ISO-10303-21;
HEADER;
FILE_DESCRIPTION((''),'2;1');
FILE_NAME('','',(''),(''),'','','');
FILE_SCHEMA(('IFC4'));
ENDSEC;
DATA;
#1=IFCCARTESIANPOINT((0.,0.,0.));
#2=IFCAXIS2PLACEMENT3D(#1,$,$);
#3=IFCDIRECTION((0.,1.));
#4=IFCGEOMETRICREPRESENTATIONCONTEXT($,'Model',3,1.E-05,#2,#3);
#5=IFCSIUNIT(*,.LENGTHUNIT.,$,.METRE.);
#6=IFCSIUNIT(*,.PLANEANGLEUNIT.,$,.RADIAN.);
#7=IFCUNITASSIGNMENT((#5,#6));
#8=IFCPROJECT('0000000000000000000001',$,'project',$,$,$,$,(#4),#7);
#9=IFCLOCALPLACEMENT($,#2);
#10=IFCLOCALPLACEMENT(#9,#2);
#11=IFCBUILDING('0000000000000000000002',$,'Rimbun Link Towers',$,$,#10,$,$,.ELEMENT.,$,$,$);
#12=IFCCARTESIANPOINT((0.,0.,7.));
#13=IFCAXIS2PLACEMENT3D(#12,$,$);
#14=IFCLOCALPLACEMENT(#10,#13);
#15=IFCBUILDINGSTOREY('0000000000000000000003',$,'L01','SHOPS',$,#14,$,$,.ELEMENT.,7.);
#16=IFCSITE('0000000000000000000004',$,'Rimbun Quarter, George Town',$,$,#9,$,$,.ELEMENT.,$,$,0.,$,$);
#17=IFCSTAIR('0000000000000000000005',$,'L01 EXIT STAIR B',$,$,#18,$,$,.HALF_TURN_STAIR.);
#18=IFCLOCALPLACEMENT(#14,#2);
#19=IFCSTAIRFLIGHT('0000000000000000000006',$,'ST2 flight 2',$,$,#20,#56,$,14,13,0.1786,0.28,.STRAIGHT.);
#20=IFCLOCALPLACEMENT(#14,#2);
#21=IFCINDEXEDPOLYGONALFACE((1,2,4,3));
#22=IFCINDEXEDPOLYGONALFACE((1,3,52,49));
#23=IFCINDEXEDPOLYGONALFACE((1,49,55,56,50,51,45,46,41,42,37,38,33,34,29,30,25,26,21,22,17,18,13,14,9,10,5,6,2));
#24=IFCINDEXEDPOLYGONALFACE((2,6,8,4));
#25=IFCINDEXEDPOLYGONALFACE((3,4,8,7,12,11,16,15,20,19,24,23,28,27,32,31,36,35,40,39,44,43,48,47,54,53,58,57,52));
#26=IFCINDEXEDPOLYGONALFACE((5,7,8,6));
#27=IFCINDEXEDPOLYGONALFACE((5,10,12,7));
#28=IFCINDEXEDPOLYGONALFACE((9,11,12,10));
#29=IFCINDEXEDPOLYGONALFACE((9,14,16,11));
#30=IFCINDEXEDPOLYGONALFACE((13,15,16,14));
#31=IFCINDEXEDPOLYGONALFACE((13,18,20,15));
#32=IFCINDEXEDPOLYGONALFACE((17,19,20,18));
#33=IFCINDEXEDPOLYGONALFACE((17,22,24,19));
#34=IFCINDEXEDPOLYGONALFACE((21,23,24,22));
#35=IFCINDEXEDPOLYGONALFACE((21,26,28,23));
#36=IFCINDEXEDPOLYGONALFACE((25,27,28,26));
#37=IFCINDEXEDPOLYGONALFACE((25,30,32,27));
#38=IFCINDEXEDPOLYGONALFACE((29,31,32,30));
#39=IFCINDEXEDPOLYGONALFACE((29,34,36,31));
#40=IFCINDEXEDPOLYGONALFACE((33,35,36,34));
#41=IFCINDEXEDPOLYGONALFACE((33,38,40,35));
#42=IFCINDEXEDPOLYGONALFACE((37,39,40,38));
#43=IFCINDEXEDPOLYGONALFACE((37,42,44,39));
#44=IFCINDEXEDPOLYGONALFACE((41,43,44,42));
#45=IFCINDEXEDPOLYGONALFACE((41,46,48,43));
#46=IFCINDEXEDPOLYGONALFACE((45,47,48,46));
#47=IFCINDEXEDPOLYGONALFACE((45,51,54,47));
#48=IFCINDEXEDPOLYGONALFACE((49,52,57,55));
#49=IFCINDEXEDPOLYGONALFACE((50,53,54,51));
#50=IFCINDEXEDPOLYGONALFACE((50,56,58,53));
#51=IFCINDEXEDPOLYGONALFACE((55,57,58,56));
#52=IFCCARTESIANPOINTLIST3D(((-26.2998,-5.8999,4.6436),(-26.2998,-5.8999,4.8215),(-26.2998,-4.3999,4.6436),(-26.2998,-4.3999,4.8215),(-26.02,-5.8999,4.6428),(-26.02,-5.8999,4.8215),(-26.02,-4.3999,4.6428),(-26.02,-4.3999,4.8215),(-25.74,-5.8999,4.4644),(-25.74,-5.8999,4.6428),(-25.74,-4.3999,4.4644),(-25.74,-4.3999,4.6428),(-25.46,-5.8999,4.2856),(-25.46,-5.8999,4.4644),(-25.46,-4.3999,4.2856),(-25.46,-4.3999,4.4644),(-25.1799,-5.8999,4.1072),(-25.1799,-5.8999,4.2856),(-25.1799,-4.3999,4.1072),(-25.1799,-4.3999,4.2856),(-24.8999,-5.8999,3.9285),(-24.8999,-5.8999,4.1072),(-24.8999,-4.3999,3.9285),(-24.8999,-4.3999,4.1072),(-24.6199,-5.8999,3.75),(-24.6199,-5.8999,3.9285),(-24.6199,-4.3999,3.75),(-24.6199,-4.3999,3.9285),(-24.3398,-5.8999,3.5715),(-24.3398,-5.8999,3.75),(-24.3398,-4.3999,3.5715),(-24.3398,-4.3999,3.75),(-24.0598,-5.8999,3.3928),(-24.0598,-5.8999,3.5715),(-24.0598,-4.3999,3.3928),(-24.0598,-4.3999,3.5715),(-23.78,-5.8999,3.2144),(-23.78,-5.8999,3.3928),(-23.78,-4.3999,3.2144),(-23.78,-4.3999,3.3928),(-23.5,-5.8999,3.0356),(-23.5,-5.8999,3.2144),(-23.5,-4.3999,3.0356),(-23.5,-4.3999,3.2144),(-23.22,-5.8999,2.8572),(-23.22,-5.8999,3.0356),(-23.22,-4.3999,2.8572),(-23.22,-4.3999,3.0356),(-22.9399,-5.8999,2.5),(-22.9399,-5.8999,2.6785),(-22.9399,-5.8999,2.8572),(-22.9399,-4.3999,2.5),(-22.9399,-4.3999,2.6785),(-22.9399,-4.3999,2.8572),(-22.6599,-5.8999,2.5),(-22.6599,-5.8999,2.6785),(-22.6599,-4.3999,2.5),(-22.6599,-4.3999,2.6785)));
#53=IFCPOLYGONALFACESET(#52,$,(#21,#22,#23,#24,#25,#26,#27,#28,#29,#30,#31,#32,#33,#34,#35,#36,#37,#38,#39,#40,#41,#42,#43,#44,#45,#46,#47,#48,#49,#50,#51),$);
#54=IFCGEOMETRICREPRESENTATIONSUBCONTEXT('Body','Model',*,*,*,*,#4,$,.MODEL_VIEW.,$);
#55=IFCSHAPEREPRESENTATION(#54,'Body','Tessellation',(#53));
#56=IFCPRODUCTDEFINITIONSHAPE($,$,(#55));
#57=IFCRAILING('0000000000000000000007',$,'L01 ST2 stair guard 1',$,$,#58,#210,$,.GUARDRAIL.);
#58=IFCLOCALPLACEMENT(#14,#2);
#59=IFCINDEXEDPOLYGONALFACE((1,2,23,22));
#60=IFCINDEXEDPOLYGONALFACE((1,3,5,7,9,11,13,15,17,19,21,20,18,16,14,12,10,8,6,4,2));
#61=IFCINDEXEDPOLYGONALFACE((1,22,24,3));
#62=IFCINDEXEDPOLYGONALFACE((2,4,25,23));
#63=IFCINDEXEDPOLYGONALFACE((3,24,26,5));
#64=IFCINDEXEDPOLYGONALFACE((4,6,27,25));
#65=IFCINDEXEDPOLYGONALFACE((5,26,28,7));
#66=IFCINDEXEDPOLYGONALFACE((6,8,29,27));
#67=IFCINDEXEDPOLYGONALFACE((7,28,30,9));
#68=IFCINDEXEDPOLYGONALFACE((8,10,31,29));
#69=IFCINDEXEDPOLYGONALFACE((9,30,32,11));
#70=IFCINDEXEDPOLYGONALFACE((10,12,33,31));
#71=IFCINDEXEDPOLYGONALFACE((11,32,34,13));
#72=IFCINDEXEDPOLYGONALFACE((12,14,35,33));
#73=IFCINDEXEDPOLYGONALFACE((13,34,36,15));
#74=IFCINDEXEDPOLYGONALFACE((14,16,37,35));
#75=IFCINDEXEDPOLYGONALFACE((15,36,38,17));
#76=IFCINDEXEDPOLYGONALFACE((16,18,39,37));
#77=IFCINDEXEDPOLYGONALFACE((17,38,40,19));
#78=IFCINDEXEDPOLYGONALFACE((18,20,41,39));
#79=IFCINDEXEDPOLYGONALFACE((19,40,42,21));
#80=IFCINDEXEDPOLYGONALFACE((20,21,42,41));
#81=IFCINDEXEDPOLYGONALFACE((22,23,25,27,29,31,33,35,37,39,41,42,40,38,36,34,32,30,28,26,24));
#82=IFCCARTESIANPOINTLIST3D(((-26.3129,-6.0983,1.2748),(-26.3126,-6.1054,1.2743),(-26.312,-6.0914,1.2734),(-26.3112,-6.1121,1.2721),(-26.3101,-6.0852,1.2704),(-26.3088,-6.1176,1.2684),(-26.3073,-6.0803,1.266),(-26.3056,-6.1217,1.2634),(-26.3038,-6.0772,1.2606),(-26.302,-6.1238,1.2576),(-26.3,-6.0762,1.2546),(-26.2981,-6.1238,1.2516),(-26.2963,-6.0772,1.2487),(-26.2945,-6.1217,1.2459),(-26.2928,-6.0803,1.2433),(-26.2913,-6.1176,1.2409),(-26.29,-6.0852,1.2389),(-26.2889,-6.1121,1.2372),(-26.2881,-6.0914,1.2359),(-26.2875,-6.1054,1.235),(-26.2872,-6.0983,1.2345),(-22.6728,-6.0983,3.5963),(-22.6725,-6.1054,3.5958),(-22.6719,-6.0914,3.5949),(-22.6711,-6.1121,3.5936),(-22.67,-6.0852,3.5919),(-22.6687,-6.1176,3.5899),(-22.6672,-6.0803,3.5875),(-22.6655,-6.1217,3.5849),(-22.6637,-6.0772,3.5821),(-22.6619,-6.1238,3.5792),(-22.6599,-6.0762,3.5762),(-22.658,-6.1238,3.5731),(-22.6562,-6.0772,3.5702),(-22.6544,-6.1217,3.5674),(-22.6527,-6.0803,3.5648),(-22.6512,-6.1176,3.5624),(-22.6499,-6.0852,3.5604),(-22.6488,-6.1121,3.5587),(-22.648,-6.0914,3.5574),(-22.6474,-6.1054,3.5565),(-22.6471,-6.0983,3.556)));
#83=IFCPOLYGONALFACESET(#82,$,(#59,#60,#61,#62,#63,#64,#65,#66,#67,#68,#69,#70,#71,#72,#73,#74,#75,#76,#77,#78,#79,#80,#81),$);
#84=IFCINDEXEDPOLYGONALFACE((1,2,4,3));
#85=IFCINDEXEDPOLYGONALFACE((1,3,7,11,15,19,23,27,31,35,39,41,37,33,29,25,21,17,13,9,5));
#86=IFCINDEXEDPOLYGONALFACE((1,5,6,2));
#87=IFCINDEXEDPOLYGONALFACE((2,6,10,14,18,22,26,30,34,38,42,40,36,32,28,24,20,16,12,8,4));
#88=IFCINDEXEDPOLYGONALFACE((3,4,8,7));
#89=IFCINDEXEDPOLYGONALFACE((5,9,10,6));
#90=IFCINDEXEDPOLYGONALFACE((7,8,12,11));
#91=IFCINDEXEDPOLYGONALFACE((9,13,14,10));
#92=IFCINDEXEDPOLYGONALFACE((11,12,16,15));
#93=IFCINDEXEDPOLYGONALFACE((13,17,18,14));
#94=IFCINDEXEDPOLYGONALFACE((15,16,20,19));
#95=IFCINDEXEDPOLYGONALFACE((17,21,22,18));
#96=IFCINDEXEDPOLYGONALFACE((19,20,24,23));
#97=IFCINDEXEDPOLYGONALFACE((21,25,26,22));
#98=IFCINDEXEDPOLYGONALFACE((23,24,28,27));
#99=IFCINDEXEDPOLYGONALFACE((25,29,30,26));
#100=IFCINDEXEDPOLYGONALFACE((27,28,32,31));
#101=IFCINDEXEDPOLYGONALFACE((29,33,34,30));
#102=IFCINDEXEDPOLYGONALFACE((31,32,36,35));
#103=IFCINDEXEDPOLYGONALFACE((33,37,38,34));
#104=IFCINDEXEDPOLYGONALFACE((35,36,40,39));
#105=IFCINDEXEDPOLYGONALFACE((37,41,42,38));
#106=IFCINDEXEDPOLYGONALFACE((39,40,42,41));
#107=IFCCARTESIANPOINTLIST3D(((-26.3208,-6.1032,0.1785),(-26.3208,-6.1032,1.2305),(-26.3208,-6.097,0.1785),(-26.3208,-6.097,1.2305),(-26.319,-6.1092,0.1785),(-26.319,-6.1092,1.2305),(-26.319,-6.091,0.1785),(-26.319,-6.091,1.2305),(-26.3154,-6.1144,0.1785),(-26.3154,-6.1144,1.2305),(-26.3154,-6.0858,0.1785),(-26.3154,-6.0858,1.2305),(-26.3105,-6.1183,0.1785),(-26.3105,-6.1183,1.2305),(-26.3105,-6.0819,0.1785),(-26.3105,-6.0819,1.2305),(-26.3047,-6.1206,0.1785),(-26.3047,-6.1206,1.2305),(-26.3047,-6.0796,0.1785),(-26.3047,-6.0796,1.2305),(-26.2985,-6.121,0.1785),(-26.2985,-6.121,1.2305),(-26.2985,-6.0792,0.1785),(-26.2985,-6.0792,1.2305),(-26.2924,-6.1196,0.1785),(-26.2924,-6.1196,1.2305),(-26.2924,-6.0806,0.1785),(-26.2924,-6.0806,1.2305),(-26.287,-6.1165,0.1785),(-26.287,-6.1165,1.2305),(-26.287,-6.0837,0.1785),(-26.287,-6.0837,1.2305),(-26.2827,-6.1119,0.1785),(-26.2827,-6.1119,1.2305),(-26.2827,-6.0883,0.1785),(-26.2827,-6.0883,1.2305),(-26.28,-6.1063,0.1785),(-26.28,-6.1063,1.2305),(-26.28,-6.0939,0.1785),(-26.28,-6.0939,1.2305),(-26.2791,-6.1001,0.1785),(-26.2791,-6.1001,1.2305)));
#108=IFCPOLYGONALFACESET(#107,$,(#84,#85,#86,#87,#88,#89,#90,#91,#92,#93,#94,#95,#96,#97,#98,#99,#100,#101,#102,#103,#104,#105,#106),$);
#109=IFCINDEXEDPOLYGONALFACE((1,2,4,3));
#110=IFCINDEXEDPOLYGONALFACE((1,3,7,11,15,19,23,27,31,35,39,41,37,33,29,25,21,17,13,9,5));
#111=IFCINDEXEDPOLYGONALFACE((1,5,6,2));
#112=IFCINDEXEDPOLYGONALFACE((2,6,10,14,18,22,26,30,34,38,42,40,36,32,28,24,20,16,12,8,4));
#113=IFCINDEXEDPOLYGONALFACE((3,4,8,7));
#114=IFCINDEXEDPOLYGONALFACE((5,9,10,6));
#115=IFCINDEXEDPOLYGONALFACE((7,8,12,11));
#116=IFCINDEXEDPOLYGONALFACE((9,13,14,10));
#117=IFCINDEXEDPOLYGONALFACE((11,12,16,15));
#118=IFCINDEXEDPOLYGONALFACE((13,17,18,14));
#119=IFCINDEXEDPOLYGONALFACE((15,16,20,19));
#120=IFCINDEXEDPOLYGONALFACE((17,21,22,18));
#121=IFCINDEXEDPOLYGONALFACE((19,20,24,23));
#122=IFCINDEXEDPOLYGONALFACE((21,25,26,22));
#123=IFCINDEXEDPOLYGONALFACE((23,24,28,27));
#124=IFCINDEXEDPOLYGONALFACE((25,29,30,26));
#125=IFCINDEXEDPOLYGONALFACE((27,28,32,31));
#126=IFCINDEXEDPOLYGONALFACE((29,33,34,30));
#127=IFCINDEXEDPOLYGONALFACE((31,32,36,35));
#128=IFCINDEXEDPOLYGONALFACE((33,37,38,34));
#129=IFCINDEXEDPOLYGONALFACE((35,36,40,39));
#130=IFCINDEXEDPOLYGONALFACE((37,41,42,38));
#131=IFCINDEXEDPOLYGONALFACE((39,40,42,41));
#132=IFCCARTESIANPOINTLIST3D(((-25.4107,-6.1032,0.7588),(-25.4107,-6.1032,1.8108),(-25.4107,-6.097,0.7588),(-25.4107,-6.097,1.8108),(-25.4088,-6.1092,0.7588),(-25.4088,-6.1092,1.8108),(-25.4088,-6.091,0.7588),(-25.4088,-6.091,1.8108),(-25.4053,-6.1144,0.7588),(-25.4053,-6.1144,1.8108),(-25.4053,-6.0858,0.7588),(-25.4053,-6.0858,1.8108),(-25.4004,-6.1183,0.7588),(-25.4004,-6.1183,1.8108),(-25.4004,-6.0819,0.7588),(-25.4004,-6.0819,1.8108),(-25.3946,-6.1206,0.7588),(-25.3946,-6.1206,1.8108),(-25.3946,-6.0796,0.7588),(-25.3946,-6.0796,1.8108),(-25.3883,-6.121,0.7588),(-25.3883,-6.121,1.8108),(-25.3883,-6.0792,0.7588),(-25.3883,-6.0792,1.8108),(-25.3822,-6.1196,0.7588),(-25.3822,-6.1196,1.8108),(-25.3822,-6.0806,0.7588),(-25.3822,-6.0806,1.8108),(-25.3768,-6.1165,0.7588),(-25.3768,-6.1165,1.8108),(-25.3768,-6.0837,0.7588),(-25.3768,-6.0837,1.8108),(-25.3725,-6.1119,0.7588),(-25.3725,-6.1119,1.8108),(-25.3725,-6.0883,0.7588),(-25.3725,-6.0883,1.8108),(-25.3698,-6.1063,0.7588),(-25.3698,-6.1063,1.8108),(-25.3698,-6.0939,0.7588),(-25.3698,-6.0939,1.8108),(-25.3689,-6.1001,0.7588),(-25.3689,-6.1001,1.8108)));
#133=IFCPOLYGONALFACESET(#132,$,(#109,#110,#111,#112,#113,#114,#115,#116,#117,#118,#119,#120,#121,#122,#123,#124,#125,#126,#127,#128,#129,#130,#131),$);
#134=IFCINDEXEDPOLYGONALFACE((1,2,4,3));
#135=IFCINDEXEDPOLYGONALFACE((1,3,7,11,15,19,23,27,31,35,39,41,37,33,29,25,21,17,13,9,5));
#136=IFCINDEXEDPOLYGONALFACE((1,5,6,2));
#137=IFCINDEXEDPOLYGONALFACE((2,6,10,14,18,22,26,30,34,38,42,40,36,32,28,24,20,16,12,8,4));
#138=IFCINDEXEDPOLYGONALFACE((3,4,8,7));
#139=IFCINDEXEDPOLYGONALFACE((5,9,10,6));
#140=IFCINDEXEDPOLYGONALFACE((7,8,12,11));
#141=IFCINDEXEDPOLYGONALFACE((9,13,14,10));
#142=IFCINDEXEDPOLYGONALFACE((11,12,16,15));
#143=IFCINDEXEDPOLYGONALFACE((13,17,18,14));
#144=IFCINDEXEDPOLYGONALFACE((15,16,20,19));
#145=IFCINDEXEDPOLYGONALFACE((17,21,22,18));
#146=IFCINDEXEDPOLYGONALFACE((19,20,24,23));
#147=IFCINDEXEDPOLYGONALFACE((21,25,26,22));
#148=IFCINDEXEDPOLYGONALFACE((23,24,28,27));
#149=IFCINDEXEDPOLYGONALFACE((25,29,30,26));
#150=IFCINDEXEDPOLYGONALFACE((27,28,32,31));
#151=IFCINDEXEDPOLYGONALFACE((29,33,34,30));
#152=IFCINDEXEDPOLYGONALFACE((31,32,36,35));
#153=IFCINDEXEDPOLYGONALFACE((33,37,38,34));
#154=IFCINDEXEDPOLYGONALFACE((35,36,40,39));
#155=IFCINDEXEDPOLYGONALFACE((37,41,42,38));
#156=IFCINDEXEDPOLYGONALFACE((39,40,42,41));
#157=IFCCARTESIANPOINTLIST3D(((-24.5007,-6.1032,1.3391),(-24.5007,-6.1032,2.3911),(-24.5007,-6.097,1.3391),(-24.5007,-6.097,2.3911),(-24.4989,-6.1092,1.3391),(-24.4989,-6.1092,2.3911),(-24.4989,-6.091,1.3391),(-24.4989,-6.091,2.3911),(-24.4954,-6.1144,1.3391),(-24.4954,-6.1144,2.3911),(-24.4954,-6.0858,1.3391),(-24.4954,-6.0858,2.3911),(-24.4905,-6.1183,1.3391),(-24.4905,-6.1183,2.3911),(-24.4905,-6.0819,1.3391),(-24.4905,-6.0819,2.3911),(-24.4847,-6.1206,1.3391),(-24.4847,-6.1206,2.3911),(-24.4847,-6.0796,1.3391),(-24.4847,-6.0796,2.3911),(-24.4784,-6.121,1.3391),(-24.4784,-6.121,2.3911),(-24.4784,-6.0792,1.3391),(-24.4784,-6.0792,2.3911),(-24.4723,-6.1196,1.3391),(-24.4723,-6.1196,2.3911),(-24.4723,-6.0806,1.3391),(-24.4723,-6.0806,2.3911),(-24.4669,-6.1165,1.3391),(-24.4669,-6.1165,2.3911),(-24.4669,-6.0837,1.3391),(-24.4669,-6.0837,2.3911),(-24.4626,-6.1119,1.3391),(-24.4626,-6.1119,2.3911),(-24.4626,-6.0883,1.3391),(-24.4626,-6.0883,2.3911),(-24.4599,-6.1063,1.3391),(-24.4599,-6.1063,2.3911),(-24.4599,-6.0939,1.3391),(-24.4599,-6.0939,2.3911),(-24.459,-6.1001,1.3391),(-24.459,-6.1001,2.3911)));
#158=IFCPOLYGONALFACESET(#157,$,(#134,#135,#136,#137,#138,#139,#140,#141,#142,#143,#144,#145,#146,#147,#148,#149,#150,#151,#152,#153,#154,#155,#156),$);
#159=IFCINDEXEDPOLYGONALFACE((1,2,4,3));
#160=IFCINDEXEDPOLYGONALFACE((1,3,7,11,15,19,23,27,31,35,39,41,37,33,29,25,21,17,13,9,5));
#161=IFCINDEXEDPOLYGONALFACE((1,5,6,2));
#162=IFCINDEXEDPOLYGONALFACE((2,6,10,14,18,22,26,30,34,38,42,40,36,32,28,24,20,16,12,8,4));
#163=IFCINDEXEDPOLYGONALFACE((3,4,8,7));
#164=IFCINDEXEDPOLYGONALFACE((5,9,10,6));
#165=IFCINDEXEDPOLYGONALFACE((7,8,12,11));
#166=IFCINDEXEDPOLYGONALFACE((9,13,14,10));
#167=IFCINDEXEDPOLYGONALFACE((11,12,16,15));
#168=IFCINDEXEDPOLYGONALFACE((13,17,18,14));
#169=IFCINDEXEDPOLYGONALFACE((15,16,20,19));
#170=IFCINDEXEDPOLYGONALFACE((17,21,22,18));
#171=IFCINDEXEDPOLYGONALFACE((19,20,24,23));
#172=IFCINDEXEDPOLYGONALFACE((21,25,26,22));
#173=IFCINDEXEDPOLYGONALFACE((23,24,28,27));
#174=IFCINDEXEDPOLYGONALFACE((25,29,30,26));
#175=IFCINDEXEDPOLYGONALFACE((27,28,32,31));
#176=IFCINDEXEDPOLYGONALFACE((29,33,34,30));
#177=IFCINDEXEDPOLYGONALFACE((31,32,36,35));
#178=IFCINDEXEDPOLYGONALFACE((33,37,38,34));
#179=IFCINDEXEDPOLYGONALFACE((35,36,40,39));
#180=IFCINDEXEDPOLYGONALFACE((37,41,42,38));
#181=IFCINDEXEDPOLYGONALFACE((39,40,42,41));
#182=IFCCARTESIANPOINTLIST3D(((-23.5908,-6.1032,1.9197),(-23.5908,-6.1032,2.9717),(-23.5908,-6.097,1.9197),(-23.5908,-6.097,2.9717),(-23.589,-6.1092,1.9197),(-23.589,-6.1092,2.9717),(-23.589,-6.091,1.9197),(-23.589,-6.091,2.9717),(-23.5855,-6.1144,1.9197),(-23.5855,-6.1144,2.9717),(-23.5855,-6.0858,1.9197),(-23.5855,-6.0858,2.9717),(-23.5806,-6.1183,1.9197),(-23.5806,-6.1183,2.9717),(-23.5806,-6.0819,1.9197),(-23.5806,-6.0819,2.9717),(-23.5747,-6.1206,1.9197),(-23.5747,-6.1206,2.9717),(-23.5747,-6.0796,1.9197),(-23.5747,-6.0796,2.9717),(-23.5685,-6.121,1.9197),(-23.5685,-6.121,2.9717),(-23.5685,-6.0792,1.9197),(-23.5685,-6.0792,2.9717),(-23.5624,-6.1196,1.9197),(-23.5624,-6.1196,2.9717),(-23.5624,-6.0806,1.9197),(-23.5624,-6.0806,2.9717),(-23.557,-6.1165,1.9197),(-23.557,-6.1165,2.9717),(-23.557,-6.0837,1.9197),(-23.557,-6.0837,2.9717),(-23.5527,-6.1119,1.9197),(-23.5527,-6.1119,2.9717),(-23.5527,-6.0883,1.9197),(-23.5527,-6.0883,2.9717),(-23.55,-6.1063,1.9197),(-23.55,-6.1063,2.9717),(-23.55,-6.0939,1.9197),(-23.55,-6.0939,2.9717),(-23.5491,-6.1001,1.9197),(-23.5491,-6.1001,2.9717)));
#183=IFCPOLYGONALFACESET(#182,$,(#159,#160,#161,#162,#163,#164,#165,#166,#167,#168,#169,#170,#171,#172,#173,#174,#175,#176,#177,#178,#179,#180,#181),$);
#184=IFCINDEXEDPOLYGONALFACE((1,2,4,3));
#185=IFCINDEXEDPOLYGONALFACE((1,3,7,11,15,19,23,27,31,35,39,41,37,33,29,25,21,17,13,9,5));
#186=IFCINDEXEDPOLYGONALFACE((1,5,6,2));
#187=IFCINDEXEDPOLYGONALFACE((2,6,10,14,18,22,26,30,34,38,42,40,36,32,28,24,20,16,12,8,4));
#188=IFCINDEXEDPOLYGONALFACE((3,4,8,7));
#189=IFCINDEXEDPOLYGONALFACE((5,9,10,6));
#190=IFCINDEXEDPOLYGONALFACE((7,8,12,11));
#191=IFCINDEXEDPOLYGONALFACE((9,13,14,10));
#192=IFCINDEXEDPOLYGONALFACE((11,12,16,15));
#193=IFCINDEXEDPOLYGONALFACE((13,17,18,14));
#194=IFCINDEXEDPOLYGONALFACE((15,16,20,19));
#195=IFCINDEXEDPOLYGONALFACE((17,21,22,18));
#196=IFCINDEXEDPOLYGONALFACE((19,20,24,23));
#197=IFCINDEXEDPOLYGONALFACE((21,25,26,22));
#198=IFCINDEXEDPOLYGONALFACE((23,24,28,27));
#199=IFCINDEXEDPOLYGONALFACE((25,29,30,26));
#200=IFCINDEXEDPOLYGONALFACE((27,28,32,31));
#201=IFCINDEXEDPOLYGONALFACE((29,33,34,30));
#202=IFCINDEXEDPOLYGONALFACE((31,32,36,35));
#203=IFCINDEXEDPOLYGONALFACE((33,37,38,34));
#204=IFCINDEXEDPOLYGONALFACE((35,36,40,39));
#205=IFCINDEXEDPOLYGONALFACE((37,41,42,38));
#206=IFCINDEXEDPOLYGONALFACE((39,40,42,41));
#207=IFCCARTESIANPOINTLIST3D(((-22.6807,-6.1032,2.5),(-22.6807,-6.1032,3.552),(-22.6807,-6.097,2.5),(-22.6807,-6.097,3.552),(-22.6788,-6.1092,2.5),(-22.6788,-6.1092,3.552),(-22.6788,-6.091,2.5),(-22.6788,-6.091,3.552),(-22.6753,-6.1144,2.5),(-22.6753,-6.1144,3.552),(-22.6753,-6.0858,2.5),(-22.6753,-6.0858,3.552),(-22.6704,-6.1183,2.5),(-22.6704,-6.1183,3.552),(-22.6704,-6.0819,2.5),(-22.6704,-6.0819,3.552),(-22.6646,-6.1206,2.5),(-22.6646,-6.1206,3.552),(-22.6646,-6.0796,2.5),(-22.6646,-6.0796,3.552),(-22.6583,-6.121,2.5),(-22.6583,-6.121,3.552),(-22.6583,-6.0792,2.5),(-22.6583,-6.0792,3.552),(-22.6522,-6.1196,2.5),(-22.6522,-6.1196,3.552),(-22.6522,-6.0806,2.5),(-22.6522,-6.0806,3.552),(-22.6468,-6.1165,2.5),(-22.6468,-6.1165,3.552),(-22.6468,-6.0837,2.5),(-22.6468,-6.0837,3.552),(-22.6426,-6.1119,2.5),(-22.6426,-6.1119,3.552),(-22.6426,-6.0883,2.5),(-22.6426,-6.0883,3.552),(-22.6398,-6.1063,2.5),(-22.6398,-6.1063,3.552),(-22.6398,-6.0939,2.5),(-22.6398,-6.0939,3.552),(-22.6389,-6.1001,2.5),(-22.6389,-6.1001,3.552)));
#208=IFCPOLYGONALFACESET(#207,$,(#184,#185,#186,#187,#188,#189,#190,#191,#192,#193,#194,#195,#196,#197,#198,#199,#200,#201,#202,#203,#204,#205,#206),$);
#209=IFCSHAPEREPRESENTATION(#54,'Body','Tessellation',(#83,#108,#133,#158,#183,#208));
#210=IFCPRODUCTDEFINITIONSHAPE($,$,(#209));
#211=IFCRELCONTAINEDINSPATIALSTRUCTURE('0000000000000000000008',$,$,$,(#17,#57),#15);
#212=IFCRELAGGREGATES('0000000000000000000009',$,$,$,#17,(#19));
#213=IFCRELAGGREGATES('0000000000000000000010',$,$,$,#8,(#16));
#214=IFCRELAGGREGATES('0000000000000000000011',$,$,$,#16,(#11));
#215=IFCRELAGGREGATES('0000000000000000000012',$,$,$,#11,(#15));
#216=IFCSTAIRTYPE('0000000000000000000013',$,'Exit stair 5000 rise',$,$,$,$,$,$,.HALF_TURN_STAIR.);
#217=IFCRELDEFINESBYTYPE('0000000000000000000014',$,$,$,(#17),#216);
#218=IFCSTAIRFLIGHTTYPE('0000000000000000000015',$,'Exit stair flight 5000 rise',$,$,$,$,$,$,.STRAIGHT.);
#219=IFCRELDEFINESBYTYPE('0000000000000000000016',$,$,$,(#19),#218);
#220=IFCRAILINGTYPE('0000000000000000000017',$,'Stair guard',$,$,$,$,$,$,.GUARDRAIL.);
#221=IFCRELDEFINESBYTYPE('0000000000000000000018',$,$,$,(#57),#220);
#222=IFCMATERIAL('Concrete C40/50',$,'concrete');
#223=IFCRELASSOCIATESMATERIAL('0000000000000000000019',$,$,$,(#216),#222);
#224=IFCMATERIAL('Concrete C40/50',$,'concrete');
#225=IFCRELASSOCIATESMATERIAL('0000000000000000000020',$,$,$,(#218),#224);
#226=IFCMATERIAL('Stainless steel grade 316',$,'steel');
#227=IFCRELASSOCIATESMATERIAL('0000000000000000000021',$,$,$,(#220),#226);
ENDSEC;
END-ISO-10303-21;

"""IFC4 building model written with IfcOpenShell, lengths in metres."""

from ifc_helpers import new_model, si_unit, direction, frame, origin, origin_2d, place, context, subcontext, project, spatial, polyline, circle, outline, extrude, material, type_object, element, aggregate, save


model = new_model("IFC4")

# Units and contexts
model_context = context("Model", 3, precision=1e-05, world=origin(), true_north=direction((0.0, 1.0)))
body_context = subcontext(model_context, "Body", "Model", "MODEL_VIEW")
ifc_project = project(units=[si_unit("LENGTHUNIT", "METRE"), si_unit("PLANEANGLEUNIT", "RADIAN")], contexts=[model_context])

# Site, building, storey
site_placement = place(None, origin())
site = spatial("IfcSite", under=ifc_project, at=site_placement, Name="Rimbun Quarter, George Town", CompositionType="ELEMENT", RefElevation=0.0)
building_placement = place(site_placement, origin())
building = spatial("IfcBuilding", under=site, at=building_placement, Name="Rimbun Link Towers", CompositionType="ELEMENT")
storey_placement = place(building_placement, frame((0.0, 0.0, 7.0)))
storey = spatial("IfcBuildingStorey", under=building, at=storey_placement, Name="L01", Description="SHOPS", CompositionType="ELEMENT", Elevation=7.0)

# Stair, stair flight
ifc_material_1 = material(Name="Concrete C40/50", Category="concrete")
stair_type = type_object("IfcStairType", Name="Exit stair 5000 rise", PredefinedType="HALF_TURN_STAIR", material=ifc_material_1)
stair_placement = place(storey_placement, origin())
stair = element("IfcStair", 1, at=stair_placement, inside=storey, type_object=stair_type, Name="L01 EXIT STAIR B", PredefinedType="HALF_TURN_STAIR")
ifc_material_2 = material(Name="Concrete C40/50", Category="concrete")
stair_flight_type = type_object("IfcStairFlightType", Name="Exit stair flight 5000 rise", PredefinedType="STRAIGHT", material=ifc_material_2)
stair_flight_1_placement = place(storey_placement, frame((-22.6599, -5.1499, 2.5), z_axis=(0.0, 0.0, 1.0), x_axis=(-1.0, 0.0, 0.0)))
stair_flight_1 = element("IfcStairFlight", 2, at=stair_flight_1_placement, type_object=stair_flight_type, Name="ST2 flight 2", NumberOfRisers=14, NumberOfTreads=13, PredefinedType="STRAIGHT", RiserHeight=0.1786, TreadLength=0.28, context=body_context, shape_type="SweptSolid", body=[
    extrude(outline(polyline([(0.0, 0.0), (0.0, 0.1785), (0.28, 0.1785), (0.28, 0.3572), (0.5601, 0.3572), (0.5601, 0.5356), (0.8401, 0.5356), (0.8401, 0.7144), (1.1201, 0.7144), (1.1201, 0.8928), (1.3999, 0.8928), (1.3999, 1.0715), (1.6799, 1.0715), (1.6799, 1.25), (1.96, 1.25), (1.96, 1.4285), (2.24, 1.4285), (2.24, 1.6072), (2.52, 1.6072), (2.52, 1.7856), (2.8, 1.7856), (2.8, 1.9644), (3.0801, 1.9644), (3.0801, 2.1428), (3.3601, 2.1428), (3.3601, 2.3215), (3.6399, 2.3215), (3.6399, 2.5), (3.6399, 2.1436), (0.28, 0.0), (0.0, 0.0)])), frame((0.0, 0.75, 0.0), z_axis=(0.0, -1.0, 0.0), x_axis=(1.0, 0.0, 0.0)), (0.0, 0.0, 1.0), 1.5),
])
aggregate(stair, [stair_flight_1])

# Railing
ifc_material_3 = material(Name="Stainless steel grade 316", Category="steel")
railing_type_1 = type_object("IfcRailingType", Name="Stair guard", PredefinedType="GUARDRAIL", material=ifc_material_3)
railing_1_placement = place(storey_placement, frame((-26.3, -6.1001, 0.1785)))
element("IfcRailing", 3, at=railing_1_placement, inside=storey, type_object=railing_type_1, Name="L01 ST2 stair guard 1", PredefinedType="GUARDRAIL", context=body_context, shape_type="SweptSolid", body=[
    extrude(circle(Radius=0.0239, at=origin_2d()), frame((0.0, 0.0, 1.0762), z_axis=(0.843128, 0.0, 0.537713), x_axis=(0.0, 1.0, 0.0)), (0.0, 0.0, 1.0), 4.3174),
    extrude(circle(Radius=0.021, at=origin_2d()), origin(), (0.0, 0.0, 1.0), 1.052),
    extrude(circle(Radius=0.021, at=origin_2d()), frame((0.9102, 0.0, 0.5803)), (0.0, 0.0, 1.0), 1.052),
    extrude(circle(Radius=0.021, at=origin_2d()), frame((1.8201, 0.0, 1.1606)), (0.0, 0.0, 1.0), 1.052),
    extrude(circle(Radius=0.021, at=origin_2d()), frame((2.73, 0.0, 1.7412)), (0.0, 0.0, 1.0), 1.052),
    extrude(circle(Radius=0.021, at=origin_2d()), frame((3.6401, 0.0, 2.3215)), (0.0, 0.0, 1.0), 1.052),
])

save(model, "model.ifc")
